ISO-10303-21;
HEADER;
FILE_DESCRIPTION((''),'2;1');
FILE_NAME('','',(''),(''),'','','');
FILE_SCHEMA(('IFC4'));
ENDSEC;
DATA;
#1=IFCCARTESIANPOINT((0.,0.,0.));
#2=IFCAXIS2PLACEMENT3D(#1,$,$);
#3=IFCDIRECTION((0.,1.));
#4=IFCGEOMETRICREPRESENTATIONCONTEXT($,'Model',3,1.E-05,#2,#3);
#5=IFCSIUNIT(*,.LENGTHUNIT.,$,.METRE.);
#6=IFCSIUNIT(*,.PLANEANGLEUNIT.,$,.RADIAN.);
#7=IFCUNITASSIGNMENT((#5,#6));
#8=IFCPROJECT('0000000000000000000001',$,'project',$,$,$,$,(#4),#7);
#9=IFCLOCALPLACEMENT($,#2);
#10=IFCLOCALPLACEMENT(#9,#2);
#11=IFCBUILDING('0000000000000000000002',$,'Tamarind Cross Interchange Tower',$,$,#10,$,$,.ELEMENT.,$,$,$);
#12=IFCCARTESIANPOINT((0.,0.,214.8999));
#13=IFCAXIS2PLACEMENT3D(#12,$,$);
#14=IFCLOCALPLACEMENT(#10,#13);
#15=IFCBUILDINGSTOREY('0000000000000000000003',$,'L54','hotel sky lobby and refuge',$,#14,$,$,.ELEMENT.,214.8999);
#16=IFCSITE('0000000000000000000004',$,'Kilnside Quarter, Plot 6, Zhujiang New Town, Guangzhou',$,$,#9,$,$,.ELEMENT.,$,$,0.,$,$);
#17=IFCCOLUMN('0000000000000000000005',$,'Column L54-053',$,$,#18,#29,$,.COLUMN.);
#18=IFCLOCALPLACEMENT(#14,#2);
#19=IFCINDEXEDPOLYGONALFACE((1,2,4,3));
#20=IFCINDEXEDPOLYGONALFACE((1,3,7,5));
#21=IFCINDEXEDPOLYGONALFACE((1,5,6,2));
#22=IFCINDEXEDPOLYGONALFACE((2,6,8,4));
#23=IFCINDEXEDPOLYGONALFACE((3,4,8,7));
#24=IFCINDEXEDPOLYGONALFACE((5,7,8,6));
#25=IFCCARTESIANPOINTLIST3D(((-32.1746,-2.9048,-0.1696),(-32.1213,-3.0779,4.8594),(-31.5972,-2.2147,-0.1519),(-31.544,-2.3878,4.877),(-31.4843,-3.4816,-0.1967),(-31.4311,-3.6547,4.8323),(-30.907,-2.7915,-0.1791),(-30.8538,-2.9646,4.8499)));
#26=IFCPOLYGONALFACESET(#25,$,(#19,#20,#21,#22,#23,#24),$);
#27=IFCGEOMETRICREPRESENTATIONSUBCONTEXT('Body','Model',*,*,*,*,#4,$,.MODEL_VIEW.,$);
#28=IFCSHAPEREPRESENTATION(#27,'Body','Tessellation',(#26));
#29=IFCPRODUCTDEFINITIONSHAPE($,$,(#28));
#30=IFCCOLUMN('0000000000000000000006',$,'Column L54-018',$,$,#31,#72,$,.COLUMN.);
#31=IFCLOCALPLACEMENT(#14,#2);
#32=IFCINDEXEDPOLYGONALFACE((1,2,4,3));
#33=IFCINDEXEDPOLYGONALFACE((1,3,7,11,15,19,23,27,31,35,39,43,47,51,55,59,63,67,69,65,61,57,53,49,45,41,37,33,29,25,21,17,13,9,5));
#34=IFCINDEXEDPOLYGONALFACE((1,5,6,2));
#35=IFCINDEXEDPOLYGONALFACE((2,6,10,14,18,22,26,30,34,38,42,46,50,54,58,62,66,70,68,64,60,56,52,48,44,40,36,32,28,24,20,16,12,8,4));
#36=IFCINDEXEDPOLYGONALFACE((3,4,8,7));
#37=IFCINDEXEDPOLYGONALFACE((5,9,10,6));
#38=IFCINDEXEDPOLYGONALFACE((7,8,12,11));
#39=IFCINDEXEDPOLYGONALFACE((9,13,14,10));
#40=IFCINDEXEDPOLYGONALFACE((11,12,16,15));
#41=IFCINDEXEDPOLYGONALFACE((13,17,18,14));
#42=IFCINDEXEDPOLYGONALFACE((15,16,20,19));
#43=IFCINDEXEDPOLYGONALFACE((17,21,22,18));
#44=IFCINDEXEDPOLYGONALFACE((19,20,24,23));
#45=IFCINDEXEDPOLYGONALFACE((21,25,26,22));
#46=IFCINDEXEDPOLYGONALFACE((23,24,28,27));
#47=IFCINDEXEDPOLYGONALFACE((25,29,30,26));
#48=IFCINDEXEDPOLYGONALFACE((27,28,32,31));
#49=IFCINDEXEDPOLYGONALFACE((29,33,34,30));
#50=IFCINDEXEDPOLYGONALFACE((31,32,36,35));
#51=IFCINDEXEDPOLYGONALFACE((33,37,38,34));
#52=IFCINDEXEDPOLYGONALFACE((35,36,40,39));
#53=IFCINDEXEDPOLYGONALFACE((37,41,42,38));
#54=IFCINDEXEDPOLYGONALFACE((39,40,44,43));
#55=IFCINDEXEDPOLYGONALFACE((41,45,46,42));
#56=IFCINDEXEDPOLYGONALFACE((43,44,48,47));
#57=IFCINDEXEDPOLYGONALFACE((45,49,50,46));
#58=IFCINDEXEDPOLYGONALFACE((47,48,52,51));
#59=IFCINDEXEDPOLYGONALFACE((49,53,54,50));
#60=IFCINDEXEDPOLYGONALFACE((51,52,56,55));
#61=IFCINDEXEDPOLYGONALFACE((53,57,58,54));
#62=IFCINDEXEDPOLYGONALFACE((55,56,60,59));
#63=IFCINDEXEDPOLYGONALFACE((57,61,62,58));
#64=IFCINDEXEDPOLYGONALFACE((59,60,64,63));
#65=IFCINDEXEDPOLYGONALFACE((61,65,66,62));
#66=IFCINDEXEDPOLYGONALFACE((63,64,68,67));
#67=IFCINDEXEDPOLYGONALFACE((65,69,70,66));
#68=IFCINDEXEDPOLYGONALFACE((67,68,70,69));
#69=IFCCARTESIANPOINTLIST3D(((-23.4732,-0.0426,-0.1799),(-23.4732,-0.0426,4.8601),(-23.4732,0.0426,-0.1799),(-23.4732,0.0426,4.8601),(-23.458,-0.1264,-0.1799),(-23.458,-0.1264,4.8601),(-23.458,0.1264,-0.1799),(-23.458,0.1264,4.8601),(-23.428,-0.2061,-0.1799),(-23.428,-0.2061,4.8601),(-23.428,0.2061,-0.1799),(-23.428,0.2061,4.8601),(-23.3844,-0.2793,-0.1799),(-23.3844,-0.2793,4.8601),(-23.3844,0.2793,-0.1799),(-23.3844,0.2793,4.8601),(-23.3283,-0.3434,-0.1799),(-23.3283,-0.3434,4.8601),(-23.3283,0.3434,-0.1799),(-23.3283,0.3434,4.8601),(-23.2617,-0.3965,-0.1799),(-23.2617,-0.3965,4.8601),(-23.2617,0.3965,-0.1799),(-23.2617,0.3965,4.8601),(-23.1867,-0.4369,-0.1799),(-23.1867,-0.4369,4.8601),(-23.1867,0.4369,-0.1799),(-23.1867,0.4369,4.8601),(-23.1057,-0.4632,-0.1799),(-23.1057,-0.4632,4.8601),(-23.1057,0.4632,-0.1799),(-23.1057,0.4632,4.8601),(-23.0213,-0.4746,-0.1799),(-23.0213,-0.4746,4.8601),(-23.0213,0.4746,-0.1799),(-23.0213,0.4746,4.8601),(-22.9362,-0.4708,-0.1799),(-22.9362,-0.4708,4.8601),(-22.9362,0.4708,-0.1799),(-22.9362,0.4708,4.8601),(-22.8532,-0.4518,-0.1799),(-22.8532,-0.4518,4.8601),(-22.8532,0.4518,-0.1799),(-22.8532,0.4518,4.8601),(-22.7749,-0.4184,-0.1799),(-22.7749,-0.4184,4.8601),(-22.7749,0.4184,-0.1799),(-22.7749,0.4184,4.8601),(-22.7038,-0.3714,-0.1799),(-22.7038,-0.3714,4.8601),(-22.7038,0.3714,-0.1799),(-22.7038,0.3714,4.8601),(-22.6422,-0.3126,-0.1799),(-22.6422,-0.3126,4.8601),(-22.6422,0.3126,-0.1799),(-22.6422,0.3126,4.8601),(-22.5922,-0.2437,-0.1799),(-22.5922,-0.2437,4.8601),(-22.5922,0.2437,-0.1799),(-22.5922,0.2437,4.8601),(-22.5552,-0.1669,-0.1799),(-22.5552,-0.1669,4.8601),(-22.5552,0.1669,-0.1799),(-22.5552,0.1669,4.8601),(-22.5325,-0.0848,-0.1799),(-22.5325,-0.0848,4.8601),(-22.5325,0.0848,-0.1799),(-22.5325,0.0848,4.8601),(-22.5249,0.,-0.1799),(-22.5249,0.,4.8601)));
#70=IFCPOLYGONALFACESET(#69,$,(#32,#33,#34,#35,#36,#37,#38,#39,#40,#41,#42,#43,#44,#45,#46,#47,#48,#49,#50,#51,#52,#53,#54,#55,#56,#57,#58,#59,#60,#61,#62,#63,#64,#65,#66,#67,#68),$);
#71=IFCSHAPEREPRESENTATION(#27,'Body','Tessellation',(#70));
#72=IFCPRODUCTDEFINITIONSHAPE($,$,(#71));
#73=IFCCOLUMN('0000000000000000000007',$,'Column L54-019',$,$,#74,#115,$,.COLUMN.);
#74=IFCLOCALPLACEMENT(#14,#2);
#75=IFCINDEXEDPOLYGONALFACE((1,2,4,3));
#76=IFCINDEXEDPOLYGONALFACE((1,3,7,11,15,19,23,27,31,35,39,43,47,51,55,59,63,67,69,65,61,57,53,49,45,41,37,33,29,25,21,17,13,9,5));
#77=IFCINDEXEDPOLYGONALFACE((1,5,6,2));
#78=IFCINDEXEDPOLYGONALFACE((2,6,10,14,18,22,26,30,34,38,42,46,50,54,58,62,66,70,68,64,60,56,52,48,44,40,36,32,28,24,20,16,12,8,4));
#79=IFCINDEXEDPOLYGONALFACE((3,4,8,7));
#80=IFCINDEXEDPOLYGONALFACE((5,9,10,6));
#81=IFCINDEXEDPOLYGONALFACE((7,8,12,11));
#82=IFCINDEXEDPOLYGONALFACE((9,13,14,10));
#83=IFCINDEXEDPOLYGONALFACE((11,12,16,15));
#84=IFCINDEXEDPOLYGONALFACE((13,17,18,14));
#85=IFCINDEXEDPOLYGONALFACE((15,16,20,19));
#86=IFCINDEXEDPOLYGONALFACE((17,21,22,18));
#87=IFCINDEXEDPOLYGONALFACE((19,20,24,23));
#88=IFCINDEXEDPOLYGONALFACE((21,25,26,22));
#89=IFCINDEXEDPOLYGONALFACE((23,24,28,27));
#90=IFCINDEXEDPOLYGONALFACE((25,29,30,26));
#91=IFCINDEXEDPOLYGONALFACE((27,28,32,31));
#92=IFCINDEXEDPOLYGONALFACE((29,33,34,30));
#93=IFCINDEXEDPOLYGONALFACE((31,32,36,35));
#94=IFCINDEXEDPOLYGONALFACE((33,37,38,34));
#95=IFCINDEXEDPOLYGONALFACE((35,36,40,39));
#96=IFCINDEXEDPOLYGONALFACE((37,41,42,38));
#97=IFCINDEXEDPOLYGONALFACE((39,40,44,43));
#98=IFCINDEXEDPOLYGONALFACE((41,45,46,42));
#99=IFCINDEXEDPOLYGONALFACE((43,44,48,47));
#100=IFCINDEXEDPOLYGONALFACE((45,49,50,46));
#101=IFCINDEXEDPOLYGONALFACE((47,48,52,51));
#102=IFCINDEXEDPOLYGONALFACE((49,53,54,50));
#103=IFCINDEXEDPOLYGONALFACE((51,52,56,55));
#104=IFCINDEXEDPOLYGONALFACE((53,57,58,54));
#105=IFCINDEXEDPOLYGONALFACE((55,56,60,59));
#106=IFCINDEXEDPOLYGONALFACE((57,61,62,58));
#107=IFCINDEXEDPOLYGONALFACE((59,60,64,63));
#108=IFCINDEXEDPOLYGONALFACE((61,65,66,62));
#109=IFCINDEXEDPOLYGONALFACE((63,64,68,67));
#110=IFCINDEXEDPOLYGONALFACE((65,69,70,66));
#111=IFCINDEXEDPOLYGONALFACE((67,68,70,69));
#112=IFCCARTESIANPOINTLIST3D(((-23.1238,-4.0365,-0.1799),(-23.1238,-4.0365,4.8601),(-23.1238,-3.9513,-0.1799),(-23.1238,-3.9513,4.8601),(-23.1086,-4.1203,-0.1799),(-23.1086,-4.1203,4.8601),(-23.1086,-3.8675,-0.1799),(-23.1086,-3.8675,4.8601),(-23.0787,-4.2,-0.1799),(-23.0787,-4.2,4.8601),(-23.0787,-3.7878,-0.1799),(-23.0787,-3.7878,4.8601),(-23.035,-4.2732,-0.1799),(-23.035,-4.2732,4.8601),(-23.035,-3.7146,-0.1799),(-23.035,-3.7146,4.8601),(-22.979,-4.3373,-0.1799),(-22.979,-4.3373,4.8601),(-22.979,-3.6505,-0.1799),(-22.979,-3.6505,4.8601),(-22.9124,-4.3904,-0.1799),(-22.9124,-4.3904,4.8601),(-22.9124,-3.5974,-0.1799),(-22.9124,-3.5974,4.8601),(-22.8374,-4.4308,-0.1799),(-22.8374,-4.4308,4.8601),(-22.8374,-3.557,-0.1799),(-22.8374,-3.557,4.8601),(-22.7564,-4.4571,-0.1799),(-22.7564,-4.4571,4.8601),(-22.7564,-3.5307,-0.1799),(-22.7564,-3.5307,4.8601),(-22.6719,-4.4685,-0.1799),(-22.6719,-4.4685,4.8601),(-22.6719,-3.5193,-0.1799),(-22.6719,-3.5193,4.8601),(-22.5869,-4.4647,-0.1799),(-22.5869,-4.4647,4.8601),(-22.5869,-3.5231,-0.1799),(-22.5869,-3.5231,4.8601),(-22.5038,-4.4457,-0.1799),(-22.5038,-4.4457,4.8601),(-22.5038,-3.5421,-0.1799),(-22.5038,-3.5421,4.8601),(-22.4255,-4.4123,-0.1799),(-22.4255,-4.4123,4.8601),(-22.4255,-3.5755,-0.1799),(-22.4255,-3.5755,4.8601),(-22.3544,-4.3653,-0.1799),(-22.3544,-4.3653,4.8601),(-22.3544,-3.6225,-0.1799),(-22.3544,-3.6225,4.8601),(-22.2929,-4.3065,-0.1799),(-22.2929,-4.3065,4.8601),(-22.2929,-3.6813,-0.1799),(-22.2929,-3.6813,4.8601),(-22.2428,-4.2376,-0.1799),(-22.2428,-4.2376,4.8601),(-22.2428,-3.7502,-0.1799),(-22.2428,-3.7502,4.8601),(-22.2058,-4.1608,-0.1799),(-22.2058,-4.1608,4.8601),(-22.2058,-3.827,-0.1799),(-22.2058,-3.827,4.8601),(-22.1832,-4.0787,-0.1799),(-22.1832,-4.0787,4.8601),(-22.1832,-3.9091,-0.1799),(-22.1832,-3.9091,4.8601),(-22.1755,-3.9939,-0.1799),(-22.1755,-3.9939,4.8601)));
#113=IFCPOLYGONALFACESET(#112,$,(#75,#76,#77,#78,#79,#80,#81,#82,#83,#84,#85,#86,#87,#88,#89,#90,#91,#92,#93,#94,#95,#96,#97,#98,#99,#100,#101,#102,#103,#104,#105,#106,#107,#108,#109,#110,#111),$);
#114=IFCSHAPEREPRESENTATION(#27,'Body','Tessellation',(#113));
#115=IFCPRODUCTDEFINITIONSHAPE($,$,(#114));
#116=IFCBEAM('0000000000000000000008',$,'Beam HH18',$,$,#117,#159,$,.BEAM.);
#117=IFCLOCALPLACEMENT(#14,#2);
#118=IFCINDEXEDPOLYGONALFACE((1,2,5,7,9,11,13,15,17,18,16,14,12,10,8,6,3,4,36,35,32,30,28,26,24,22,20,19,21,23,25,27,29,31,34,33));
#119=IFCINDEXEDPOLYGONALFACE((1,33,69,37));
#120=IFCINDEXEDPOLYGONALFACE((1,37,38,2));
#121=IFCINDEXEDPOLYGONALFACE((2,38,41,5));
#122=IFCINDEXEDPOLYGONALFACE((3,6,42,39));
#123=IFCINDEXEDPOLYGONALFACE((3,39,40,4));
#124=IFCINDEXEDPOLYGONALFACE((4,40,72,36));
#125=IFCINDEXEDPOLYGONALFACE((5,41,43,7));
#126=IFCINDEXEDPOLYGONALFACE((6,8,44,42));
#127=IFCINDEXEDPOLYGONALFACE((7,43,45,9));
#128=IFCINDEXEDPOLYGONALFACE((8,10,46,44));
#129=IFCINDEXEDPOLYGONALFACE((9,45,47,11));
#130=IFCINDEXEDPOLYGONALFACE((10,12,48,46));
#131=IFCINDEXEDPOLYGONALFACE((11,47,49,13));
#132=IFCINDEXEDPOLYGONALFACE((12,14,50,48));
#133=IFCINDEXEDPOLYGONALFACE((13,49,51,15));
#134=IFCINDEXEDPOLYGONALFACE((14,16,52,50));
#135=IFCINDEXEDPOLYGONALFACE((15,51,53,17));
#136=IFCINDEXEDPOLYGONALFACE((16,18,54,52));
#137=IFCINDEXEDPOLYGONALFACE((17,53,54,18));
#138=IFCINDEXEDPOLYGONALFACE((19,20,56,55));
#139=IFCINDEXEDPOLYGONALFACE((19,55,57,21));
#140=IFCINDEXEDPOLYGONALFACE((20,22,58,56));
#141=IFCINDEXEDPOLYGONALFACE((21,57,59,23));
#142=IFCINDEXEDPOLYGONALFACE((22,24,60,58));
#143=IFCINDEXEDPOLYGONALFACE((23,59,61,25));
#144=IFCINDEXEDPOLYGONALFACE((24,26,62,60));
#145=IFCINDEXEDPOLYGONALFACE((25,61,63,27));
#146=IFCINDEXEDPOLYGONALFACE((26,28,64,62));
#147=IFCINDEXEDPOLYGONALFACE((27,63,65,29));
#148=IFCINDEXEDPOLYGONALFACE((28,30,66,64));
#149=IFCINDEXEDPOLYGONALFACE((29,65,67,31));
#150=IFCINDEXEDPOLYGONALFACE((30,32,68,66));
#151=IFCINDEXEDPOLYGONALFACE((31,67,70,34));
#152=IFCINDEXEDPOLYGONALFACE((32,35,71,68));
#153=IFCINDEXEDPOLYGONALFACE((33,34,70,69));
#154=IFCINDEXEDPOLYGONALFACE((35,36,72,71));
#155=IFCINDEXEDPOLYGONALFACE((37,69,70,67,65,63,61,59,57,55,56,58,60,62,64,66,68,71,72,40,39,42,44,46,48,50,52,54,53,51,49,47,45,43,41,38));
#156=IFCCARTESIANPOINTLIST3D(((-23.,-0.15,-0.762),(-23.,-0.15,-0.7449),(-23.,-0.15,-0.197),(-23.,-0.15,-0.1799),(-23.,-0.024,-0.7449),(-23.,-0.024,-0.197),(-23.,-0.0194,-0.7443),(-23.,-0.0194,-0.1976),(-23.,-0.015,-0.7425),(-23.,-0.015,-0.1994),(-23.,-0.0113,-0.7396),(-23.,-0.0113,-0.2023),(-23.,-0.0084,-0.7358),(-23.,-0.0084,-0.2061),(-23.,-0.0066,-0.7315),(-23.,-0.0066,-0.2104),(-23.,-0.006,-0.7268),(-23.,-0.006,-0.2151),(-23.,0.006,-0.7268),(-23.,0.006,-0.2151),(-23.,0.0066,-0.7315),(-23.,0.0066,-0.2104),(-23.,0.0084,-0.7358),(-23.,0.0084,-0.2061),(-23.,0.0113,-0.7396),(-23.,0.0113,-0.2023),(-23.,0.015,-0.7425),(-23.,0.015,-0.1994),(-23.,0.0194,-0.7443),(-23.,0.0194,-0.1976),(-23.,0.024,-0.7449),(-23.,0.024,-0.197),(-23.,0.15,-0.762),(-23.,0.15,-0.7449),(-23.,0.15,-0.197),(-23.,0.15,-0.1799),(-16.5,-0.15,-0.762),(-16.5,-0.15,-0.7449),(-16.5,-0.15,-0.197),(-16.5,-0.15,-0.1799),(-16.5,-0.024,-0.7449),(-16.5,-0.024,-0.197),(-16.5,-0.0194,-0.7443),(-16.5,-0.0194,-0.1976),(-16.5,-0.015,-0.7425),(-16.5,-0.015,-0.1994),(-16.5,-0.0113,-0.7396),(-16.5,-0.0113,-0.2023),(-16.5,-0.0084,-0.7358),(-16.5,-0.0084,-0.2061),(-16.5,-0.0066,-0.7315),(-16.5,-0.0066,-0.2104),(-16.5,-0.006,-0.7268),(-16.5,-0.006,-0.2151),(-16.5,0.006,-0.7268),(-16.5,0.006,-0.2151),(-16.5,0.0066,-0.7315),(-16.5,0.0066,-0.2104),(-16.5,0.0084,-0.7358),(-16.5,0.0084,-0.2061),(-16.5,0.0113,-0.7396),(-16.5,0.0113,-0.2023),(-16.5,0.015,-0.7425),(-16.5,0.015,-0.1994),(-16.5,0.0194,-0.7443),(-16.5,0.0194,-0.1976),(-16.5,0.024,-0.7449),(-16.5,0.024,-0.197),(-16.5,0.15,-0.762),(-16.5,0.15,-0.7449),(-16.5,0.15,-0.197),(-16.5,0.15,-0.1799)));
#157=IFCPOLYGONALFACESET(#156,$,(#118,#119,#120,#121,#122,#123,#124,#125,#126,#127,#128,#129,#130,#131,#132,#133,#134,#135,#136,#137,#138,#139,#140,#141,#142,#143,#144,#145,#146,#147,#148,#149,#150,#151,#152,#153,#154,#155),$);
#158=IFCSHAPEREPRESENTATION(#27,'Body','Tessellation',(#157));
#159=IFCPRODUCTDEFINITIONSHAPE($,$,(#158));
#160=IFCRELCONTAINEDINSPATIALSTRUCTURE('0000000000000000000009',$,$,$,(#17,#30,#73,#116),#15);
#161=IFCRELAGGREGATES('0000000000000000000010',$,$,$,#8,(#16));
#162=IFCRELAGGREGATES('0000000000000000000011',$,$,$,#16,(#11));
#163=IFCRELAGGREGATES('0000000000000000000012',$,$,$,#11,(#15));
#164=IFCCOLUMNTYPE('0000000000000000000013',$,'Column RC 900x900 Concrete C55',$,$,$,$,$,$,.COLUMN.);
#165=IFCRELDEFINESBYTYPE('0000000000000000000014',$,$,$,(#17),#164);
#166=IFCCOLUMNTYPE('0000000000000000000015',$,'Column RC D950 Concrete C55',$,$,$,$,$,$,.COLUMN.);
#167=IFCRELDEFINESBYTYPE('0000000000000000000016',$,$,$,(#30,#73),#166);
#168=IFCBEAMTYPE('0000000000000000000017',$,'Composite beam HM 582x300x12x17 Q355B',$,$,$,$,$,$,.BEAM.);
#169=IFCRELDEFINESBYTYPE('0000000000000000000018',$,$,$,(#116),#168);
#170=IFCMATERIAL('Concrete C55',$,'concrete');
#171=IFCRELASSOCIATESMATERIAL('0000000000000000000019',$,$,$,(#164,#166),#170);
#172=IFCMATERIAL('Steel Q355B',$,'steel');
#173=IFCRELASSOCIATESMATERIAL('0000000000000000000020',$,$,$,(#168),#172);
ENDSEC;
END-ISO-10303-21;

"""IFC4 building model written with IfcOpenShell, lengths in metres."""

from ifc_helpers import new_model, si_unit, direction, frame, origin, origin_2d, place, context, subcontext, project, spatial, rectangle, circle, i_section, extrude, material, material_profile, profile_set, type_object, element, save


model = new_model("IFC4")

# Units and contexts
model_context = context("Model", 3, precision=1e-05, world=origin(), true_north=direction((0.0, 1.0)))
body_context = subcontext(model_context, "Body", "Model", "MODEL_VIEW")
ifc_project = project(units=[si_unit("LENGTHUNIT", "METRE"), si_unit("PLANEANGLEUNIT", "RADIAN")], contexts=[model_context])

# Site, building, storey
site_placement = place(None, origin())
site = spatial("IfcSite", under=ifc_project, at=site_placement, Name="Kilnside Quarter, Plot 6, Zhujiang New Town, Guangzhou", CompositionType="ELEMENT", RefElevation=0.0)
building_placement = place(site_placement, origin())
building = spatial("IfcBuilding", under=site, at=building_placement, Name="Tamarind Cross Interchange Tower", CompositionType="ELEMENT")
storey_placement = place(building_placement, frame((0.0, 0.0, 214.8999)))
storey = spatial("IfcBuildingStorey", under=building, at=storey_placement, Name="L54", Description="hotel sky lobby and refuge", CompositionType="ELEMENT", Elevation=214.8999)

# Columns
ifc_material_1 = material(Name="Concrete C55", Category="concrete")
ifc_material_profile_1 = material_profile(ifc_material_1, rectangle(XDim=0.8999, YDim=0.8999, at=origin_2d()), Name="RC 900x900")
ifc_profile_set_1 = profile_set([ifc_material_profile_1], Name="Concrete C55")
column_type_1 = type_object("IfcColumnType", Name="Column RC 900x900 Concrete C55", PredefinedType="COLUMN", material=ifc_profile_set_1)
column_placement = place(storey_placement, frame((-31.5408, -2.8481, -0.1743), z_axis=(0.010576, -0.034397, 0.999352), x_axis=(0.641561, 0.766822, 0.019604)))
element("IfcColumn", 1, at=column_placement, inside=storey, type_object=column_type_1, Name="Column L54-053", PredefinedType="COLUMN", context=body_context, shape_type="SweptSolid", body=[
    extrude(rectangle(XDim=0.8999, YDim=0.8999, at=origin_2d()), origin(), (0.0, 0.0, 1.0), 5.0322),
])
ifc_material_profile_2 = material_profile(ifc_material_1, circle(Radius=0.4751, at=origin_2d()), Name="RC D950")
ifc_profile_set_2 = profile_set([ifc_material_profile_2], Name="Concrete C55")
column_type_2 = type_object("IfcColumnType", Name="Column RC D950 Concrete C55", PredefinedType="COLUMN", material=ifc_profile_set_2)
for number, where, z_axis, x_axis, name in (
    (2, (-23.0, 0.0, -0.1799), (0.0, 0.0, 1.0), (1.0, 0.0, 0.0), "Column L54-018"),
    (3, (-22.6506, -3.9939, -0.1799), (0.0, 0.0, 1.0), (1.0, 0.0, 0.0), "Column L54-019"),
):
    element("IfcColumn", number, at=place(storey_placement, frame(where, z_axis=z_axis, x_axis=x_axis)), inside=storey, type_object=column_type_2, Name=name, PredefinedType="COLUMN", context=body_context, shape_type="SweptSolid", body=[
        extrude(circle(Radius=0.4751, at=origin_2d()), origin(), (0.0, 0.0, 1.0), 5.04),
    ])

# Beam
ifc_material_2 = material(Name="Steel Q355B", Category="steel")
ifc_material_profile_3 = material_profile(ifc_material_2, i_section(OverallWidth=0.3, OverallDepth=0.582, WebThickness=0.012, FlangeThickness=0.0171, FilletRadius=0.0181, at=origin_2d()), Name="HM 582x300x12x17")
ifc_profile_set_3 = profile_set([ifc_material_profile_3], Name="Steel Q355B")
beam_type_1 = type_object("IfcBeamType", Name="Composite beam HM 582x300x12x17 Q355B", PredefinedType="BEAM", material=ifc_profile_set_3)
beam_1_placement = place(storey_placement, frame((-23.0, 0.0, -0.4709), z_axis=(1.0, 0.0, 0.0), x_axis=(0.0, 1.0, 0.0)))
element("IfcBeam", 4, at=beam_1_placement, inside=storey, type_object=beam_type_1, Name="Beam HH18", PredefinedType="BEAM", context=body_context, shape_type="SweptSolid", body=[
    extrude(i_section(OverallWidth=0.3, OverallDepth=0.582, WebThickness=0.012, FlangeThickness=0.0171, FilletRadius=0.0181, at=origin_2d()), origin(), (0.0, 0.0, 1.0), 6.5),
])

save(model, "model.ifc")
